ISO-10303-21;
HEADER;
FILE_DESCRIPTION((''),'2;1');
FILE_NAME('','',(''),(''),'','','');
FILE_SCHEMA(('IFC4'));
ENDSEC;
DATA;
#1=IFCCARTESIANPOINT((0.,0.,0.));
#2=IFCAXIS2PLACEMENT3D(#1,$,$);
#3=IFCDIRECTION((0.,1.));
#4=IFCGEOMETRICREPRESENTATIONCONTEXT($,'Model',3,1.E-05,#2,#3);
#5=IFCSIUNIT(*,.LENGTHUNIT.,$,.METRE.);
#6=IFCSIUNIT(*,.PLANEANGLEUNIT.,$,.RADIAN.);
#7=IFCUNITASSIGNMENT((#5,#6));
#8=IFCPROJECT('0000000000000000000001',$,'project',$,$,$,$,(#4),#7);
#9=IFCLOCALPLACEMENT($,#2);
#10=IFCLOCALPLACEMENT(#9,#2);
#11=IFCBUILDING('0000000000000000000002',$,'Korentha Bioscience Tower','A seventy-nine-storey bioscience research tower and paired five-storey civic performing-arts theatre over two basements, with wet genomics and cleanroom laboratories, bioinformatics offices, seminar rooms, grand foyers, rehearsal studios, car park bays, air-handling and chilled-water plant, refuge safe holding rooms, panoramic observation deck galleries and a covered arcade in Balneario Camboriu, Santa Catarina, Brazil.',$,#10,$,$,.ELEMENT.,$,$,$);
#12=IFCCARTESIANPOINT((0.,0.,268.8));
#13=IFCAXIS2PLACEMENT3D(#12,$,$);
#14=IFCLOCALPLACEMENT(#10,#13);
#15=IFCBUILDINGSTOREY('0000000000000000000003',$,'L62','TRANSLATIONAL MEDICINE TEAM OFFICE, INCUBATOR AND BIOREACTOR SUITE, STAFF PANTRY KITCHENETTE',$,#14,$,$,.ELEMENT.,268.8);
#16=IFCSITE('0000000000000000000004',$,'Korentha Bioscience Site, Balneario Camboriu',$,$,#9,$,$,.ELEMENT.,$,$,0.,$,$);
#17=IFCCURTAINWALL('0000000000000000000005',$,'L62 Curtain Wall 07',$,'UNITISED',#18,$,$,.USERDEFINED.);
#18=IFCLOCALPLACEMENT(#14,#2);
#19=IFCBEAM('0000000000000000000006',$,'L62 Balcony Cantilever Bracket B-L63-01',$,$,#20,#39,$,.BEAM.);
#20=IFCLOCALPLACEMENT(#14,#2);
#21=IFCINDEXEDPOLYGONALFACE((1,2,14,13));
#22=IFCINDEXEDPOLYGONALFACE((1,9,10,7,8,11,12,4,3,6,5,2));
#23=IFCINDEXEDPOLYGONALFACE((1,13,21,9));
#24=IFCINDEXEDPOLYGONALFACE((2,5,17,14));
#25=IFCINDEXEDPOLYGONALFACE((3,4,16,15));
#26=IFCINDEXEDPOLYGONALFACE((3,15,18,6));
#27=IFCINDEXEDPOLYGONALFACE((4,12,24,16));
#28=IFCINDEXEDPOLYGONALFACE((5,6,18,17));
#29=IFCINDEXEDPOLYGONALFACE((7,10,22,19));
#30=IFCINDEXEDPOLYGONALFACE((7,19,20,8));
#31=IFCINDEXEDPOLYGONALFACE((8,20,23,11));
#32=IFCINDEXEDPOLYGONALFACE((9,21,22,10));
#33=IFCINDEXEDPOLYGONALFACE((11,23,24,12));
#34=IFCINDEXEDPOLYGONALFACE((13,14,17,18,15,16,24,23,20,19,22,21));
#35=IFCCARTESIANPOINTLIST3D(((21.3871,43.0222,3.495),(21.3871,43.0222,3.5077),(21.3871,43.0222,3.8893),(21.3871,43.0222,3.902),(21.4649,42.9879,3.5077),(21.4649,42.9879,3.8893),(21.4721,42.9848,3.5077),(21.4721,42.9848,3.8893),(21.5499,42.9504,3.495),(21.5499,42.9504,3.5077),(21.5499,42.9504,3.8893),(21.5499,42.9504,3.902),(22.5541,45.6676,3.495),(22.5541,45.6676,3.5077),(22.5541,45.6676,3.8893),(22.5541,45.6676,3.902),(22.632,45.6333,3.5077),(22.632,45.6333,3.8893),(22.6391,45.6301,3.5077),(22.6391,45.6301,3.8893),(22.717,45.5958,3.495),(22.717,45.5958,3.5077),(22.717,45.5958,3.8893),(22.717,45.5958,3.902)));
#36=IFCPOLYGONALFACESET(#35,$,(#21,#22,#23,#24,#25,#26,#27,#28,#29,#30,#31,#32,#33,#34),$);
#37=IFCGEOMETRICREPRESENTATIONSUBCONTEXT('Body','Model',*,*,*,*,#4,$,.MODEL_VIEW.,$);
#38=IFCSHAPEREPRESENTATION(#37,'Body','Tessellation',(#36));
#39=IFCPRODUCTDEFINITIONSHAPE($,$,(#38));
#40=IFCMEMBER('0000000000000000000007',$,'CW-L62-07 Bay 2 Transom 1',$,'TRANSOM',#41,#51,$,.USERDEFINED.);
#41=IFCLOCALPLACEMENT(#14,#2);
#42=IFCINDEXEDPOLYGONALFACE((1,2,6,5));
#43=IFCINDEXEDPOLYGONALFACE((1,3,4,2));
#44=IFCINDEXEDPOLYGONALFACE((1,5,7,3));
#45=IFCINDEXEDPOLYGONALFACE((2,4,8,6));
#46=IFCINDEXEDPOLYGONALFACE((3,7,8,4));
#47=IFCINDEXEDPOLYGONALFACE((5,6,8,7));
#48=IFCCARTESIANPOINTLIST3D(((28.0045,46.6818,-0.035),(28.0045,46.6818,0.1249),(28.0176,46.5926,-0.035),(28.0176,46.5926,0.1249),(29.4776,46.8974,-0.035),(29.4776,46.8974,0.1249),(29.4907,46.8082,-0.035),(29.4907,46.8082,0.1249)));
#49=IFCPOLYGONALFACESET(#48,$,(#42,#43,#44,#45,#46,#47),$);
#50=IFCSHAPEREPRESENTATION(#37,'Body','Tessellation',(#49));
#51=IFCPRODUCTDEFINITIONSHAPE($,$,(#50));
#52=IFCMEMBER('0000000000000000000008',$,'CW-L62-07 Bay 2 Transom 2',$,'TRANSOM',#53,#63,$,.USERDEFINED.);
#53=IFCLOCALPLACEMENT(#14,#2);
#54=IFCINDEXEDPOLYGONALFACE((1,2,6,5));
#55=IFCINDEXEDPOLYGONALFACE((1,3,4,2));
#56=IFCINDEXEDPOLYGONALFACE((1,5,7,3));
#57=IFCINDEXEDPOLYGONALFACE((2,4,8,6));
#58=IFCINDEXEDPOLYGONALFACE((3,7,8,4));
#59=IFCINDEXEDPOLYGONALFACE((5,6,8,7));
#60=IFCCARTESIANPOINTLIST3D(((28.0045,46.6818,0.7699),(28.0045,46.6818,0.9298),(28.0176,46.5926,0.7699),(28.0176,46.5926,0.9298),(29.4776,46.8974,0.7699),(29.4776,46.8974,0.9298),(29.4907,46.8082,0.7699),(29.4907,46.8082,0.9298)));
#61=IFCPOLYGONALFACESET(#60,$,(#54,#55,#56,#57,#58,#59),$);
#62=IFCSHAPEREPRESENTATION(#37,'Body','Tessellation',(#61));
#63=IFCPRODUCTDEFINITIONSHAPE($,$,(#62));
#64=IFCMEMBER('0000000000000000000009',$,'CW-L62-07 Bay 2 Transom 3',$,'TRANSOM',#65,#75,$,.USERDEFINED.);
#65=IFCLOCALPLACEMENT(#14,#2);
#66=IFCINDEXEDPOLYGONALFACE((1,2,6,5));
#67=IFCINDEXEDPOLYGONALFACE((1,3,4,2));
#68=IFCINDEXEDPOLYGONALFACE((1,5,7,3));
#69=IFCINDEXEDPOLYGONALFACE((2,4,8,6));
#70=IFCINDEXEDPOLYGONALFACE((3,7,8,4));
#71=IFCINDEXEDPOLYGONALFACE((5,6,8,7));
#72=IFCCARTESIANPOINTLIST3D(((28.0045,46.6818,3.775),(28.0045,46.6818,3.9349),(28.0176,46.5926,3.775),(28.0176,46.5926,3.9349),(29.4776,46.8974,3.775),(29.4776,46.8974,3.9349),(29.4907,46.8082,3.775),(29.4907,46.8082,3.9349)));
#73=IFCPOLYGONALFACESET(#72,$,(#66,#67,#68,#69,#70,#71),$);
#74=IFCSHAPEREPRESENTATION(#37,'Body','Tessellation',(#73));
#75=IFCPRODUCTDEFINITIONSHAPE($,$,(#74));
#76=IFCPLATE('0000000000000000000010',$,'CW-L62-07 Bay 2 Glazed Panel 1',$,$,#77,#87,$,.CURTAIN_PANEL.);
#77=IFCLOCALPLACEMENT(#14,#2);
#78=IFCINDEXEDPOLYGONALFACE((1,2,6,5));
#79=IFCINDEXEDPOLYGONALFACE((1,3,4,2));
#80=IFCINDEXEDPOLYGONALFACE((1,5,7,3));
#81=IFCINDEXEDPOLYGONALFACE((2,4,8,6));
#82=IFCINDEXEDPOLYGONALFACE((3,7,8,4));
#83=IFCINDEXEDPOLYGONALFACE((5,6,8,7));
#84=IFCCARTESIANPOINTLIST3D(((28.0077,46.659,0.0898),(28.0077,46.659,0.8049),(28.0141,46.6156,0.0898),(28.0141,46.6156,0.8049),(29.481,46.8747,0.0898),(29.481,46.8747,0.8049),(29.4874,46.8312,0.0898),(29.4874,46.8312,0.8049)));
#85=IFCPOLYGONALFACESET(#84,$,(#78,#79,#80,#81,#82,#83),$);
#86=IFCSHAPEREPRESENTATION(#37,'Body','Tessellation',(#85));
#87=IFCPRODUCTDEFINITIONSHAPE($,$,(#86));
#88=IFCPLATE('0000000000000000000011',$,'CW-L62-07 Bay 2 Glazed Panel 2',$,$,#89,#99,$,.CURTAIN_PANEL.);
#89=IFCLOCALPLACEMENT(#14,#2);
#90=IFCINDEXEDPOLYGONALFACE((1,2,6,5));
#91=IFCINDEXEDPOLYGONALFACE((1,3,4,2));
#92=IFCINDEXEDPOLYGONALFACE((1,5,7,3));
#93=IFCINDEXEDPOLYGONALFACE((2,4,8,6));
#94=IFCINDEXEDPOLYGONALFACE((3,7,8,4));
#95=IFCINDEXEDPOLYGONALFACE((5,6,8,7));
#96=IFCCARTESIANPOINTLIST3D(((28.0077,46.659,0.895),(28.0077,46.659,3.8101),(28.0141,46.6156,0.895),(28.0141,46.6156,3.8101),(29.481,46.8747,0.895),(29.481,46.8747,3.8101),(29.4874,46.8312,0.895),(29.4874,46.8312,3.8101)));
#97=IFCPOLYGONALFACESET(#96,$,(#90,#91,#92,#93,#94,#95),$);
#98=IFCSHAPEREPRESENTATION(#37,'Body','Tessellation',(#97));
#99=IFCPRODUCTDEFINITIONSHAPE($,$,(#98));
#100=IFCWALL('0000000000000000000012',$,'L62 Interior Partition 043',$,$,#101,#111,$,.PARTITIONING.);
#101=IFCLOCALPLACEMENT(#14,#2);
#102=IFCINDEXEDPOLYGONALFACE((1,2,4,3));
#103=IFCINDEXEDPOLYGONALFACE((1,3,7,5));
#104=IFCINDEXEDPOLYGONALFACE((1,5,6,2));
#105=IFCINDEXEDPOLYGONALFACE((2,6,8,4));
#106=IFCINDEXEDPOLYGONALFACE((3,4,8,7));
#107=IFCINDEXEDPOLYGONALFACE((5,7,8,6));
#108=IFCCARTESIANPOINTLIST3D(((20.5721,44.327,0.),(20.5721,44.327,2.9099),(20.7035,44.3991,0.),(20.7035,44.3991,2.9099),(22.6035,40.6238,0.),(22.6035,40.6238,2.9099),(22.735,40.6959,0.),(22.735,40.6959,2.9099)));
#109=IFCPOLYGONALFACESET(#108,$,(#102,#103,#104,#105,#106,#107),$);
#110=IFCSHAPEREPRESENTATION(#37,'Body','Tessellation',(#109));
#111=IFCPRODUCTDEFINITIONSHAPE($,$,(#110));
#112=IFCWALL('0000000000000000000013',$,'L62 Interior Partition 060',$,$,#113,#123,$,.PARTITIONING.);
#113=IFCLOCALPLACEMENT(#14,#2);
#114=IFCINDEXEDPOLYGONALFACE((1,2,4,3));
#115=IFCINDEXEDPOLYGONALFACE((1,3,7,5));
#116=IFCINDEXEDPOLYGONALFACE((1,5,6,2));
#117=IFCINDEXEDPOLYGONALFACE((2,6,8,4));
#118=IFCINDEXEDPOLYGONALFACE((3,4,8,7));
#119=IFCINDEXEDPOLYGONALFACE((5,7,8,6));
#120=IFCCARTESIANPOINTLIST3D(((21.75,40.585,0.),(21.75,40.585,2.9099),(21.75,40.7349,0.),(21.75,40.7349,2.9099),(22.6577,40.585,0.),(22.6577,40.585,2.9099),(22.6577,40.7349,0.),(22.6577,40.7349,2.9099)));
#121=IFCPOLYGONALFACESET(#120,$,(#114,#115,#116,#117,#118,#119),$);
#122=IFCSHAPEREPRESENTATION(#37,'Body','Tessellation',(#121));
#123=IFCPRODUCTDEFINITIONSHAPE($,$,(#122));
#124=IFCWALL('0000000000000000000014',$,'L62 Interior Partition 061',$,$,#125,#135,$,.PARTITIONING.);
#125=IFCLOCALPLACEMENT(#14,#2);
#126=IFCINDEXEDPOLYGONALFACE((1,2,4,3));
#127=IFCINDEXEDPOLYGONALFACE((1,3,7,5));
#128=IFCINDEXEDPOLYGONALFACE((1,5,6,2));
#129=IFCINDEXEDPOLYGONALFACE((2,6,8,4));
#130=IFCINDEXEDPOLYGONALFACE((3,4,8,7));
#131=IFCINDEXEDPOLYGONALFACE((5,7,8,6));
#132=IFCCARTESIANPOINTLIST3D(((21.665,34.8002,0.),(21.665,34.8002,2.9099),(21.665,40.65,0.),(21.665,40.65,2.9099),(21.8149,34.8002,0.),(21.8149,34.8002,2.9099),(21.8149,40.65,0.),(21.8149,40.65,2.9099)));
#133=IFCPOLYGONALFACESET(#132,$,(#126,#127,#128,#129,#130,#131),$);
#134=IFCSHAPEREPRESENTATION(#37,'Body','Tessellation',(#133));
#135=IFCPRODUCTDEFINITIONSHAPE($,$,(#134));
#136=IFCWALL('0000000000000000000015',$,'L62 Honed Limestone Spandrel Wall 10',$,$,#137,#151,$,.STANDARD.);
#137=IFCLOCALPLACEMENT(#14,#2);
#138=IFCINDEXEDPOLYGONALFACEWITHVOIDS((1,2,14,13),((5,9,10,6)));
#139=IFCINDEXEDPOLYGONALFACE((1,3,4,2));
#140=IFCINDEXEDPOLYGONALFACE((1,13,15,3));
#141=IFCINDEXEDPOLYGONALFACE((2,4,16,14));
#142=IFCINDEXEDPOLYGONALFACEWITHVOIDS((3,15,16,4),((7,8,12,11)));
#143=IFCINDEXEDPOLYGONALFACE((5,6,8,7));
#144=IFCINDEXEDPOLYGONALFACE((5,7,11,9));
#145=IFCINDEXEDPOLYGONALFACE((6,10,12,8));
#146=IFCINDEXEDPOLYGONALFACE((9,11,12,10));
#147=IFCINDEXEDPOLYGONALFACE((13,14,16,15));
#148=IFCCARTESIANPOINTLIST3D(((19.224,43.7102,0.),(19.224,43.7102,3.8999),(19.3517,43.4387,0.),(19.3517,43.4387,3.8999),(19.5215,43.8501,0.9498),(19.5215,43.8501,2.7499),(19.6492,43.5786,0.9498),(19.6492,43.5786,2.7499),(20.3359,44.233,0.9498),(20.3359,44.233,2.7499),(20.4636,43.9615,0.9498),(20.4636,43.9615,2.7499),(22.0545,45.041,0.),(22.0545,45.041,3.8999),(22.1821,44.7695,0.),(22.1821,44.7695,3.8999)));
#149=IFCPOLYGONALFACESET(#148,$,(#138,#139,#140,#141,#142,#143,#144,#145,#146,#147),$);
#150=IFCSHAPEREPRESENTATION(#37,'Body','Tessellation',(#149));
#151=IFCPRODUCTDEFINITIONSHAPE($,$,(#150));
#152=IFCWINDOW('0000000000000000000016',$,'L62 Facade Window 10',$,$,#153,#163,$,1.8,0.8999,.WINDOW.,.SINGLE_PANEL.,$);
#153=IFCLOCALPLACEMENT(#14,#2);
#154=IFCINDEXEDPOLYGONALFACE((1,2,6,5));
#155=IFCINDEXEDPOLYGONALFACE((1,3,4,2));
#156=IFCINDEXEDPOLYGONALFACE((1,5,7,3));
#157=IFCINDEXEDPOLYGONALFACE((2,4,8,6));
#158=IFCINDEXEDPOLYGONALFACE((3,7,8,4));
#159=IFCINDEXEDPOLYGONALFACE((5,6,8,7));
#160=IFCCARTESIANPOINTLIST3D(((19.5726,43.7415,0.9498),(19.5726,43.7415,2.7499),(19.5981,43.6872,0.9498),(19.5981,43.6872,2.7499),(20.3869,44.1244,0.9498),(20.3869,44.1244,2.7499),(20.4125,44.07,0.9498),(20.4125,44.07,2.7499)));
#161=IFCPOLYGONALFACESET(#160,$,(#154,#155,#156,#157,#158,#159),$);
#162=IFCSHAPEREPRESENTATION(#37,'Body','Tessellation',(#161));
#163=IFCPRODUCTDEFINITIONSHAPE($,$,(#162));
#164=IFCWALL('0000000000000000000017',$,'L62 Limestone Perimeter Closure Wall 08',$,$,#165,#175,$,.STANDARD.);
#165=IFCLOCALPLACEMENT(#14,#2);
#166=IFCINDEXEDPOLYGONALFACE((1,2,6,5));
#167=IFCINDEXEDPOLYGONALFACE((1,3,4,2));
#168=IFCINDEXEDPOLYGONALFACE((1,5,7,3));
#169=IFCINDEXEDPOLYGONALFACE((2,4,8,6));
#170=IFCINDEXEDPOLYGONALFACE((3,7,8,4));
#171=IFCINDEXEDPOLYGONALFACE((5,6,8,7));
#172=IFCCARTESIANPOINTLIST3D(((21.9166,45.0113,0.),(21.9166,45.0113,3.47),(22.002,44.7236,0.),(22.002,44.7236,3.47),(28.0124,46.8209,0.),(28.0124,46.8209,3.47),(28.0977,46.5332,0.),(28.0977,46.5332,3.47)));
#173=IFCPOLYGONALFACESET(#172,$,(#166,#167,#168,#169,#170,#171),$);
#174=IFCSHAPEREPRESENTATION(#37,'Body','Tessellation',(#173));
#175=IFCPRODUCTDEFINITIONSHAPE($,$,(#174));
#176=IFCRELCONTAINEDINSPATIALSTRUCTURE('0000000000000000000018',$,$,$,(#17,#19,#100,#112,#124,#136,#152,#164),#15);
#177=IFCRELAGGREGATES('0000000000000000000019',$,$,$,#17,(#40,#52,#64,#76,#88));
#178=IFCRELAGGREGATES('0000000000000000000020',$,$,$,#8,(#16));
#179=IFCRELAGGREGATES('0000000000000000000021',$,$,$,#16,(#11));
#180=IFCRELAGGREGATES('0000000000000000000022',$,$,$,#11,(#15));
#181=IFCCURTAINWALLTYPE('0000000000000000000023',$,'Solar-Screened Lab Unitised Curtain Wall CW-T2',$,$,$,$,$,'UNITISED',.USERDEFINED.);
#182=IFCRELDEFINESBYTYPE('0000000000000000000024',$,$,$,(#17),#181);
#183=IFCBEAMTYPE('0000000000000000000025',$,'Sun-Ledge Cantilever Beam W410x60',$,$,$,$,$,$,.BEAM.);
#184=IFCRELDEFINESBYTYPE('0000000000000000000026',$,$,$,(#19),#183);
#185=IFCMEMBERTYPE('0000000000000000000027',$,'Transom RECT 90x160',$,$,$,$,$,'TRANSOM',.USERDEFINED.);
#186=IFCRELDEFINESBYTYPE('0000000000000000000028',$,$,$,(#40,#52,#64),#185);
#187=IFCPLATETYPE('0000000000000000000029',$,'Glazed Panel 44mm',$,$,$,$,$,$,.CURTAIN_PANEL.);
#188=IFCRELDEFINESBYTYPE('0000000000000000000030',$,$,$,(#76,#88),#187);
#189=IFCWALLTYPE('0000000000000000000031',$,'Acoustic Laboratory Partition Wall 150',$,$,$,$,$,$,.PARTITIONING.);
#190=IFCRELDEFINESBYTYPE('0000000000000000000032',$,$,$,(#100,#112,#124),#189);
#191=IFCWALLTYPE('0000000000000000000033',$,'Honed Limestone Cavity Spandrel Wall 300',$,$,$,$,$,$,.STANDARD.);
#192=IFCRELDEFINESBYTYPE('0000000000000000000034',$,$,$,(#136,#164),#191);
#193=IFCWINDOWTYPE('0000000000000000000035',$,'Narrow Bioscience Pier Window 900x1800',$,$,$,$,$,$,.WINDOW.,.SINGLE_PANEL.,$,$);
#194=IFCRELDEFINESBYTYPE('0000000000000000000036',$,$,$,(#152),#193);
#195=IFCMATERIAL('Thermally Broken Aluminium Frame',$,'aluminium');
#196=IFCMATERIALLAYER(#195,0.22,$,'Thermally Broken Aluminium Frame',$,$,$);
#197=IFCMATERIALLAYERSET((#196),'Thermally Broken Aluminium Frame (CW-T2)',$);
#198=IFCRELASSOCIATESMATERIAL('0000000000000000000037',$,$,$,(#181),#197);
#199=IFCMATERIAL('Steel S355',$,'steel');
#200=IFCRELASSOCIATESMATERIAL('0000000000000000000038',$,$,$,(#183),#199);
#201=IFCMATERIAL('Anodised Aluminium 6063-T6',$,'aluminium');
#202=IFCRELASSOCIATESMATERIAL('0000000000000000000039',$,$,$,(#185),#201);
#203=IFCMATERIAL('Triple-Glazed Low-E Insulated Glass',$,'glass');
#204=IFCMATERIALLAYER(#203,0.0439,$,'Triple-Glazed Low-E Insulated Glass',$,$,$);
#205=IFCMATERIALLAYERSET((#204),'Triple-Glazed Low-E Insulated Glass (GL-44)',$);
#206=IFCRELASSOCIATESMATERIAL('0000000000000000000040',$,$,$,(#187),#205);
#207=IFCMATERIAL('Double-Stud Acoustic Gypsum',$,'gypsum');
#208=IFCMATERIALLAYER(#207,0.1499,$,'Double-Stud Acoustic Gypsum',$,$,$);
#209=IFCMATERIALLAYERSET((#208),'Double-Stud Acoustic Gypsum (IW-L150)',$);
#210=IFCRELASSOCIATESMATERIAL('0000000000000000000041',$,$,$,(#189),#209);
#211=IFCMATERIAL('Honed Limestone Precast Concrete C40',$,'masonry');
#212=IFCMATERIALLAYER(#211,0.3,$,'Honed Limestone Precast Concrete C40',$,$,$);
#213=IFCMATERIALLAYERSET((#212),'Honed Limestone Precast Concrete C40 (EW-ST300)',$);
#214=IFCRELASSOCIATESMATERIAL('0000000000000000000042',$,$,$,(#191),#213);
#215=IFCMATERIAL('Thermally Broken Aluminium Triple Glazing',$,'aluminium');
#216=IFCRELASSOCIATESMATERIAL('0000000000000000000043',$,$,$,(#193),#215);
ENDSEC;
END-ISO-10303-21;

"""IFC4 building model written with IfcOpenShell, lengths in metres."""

from ifc_helpers import new_model, si_unit, direction, frame, frame_2d, origin, origin_2d, place, context, subcontext, project, spatial, rectangle, i_section, extrude, material, layer, layer_set, material_profile, profile_set, type_object, element, fill, aggregate, save


model = new_model("IFC4")

# Units and contexts
model_context = context("Model", 3, precision=1e-05, world=origin(), true_north=direction((0.0, 1.0)))
body_context = subcontext(model_context, "Body", "Model", "MODEL_VIEW")
ifc_project = project(units=[si_unit("LENGTHUNIT", "METRE"), si_unit("PLANEANGLEUNIT", "RADIAN")], contexts=[model_context])

# Site, building, storey
site_placement = place(None, origin())
site = spatial("IfcSite", under=ifc_project, at=site_placement, Name="Korentha Bioscience Site, Balneario Camboriu", CompositionType="ELEMENT", RefElevation=0.0)
building_placement = place(site_placement, origin())
building = spatial("IfcBuilding", under=site, at=building_placement, Name="Korentha Bioscience Tower", Description="A seventy-nine-storey bioscience research tower and paired five-storey civic performing-arts theatre over two basements, with wet genomics and cleanroom laboratories, bioinformatics offices, seminar rooms, grand foyers, rehearsal studios, car park bays, air-handling and chilled-water plant, refuge safe holding rooms, panoramic observation deck galleries and a covered arcade in Balneario Camboriu, Santa Catarina, Brazil.", CompositionType="ELEMENT")
storey_placement = place(building_placement, frame((0.0, 0.0, 268.8)))
storey = spatial("IfcBuildingStorey", under=building, at=storey_placement, Name="L62", Description="TRANSLATIONAL MEDICINE TEAM OFFICE, INCUBATOR AND BIOREACTOR SUITE, STAFF PANTRY KITCHENETTE", CompositionType="ELEMENT", Elevation=268.8)

# Shared definitions
ifc_material_1 = material(Name="Steel S355", Category="steel")

# Curtain wall
ifc_material_2 = material(Name="Thermally Broken Aluminium Frame", Category="aluminium")
ifc_layer_1 = layer(ifc_material_2, 0.22, Name="Thermally Broken Aluminium Frame")
ifc_layer_set_1 = layer_set([ifc_layer_1], Name="Thermally Broken Aluminium Frame (CW-T2)")
curtain_wall_type = type_object("IfcCurtainWallType", Name="Solar-Screened Lab Unitised Curtain Wall CW-T2", ElementType="UNITISED", PredefinedType="USERDEFINED", material=ifc_layer_set_1)
curtain_wall_placement = place(storey_placement, origin())
curtain_wall = element("IfcCurtainWall", 1, at=curtain_wall_placement, inside=storey, type_object=curtain_wall_type, Name="L62 Curtain Wall 07", ObjectType="UNITISED", PredefinedType="USERDEFINED")
ifc_material_3 = material(Name="Anodised Aluminium 6063-T6", Category="aluminium")

# Beam
ifc_material_profile_1 = material_profile(ifc_material_1, i_section(OverallWidth=0.178, OverallDepth=0.407, WebThickness=0.0078, FlangeThickness=0.0127, at=origin_2d()), Name="Steel S355")
ifc_profile_set_1 = profile_set([ifc_material_profile_1], Name="Steel S355 (CB-410)")
beam_type_1 = type_object("IfcBeamType", Name="Sun-Ledge Cantilever Beam W410x60", PredefinedType="BEAM", material=ifc_profile_set_1)
beam_1_placement = place(storey_placement, frame((21.4685, 42.9863, 3.6985), z_axis=(0.40363, 0.914922, 0.0), x_axis=(-0.914922, 0.40363, 0.0)))
element("IfcBeam", 2, at=beam_1_placement, inside=storey, type_object=beam_type_1, Name="L62 Balcony Cantilever Bracket B-L63-01", PredefinedType="BEAM", context=body_context, shape_type="SweptSolid", body=[
    extrude(i_section(OverallWidth=0.178, OverallDepth=0.407, WebThickness=0.0078, FlangeThickness=0.0127, at=origin_2d()), origin(), (0.0, 0.0, 1.0), 2.8914),
])

# Members
ifc_material_profile_2 = material_profile(ifc_material_3, rectangle(XDim=0.0901, YDim=0.1599, at=origin_2d()), Name="Anodised Aluminium 6063-T6")
ifc_profile_set_2 = profile_set([ifc_material_profile_2], Name="Anodised Aluminium 6063-T6 (CW-TRN)")
member_type_1 = type_object("IfcMemberType", Name="Transom RECT 90x160", ElementType="TRANSOM", PredefinedType="USERDEFINED", material=ifc_profile_set_2)
member_1_placement = place(storey_placement, frame((29.4841, 46.8528, 0.0449), z_axis=(-0.989462, -0.144795, 0.0), x_axis=(0.144795, -0.989462, 0.0)))
member_1 = element("IfcMember", 3, at=member_1_placement, type_object=member_type_1, Name="CW-L62-07 Bay 2 Transom 1", ObjectType="TRANSOM", PredefinedType="USERDEFINED", context=body_context, shape_type="SweptSolid", body=[
    extrude(rectangle(XDim=0.0901, YDim=0.1599, at=origin_2d()), origin(), (0.0, 0.0, 1.0), 1.4888),
])
member_2_placement = place(storey_placement, frame((29.4841, 46.8528, 0.8499), z_axis=(-0.989462, -0.144795, 0.0), x_axis=(0.144795, -0.989462, 0.0)))
member_2 = element("IfcMember", 4, at=member_2_placement, type_object=member_type_1, Name="CW-L62-07 Bay 2 Transom 2", ObjectType="TRANSOM", PredefinedType="USERDEFINED", context=body_context, shape_type="SweptSolid", body=[
    extrude(rectangle(XDim=0.0901, YDim=0.1599, at=origin_2d()), origin(), (0.0, 0.0, 1.0), 1.4888),
])
member_3_placement = place(storey_placement, frame((29.4841, 46.8528, 3.855), z_axis=(-0.989462, -0.144795, 0.0), x_axis=(0.144795, -0.989462, 0.0)))
member_3 = element("IfcMember", 5, at=member_3_placement, type_object=member_type_1, Name="CW-L62-07 Bay 2 Transom 3", ObjectType="TRANSOM", PredefinedType="USERDEFINED", context=body_context, shape_type="SweptSolid", body=[
    extrude(rectangle(XDim=0.0901, YDim=0.1599, at=origin_2d()), origin(), (0.0, 0.0, 1.0), 1.4888),
])

# Plates
ifc_material_4 = material(Name="Triple-Glazed Low-E Insulated Glass", Category="glass")
ifc_layer_2 = layer(ifc_material_4, 0.0439, Name="Triple-Glazed Low-E Insulated Glass")
ifc_layer_set_2 = layer_set([ifc_layer_2], Name="Triple-Glazed Low-E Insulated Glass (GL-44)")
plate_type = type_object("IfcPlateType", Name="Glazed Panel 44mm", PredefinedType="CURTAIN_PANEL", material=ifc_layer_set_2)
plate_1_placement = place(storey_placement, frame((28.7476, 46.7451, 0.0898), z_axis=(0.0, 0.0, 1.0), x_axis=(-0.98946, -0.144809, 0.0)))
plate_1 = element("IfcPlate", 6, at=plate_1_placement, type_object=plate_type, Name="CW-L62-07 Bay 2 Glazed Panel 1", PredefinedType="CURTAIN_PANEL", context=body_context, shape_type="SweptSolid", body=[
    extrude(rectangle(XDim=1.489, YDim=0.0439, at=origin_2d()), origin(), (0.0, 0.0, 1.0), 0.7151),
])
plate_2_placement = place(storey_placement, frame((28.7476, 46.7451, 0.895), z_axis=(0.0, 0.0, 1.0), x_axis=(-0.98946, -0.144809, 0.0)))
plate_2 = element("IfcPlate", 7, at=plate_2_placement, type_object=plate_type, Name="CW-L62-07 Bay 2 Glazed Panel 2", PredefinedType="CURTAIN_PANEL", context=body_context, shape_type="SweptSolid", body=[
    extrude(rectangle(XDim=1.489, YDim=0.0439, at=origin_2d()), origin(), (0.0, 0.0, 1.0), 2.915),
])
aggregate(curtain_wall, [member_1, member_2, member_3, plate_1, plate_2])

# Walls
ifc_material_5 = material(Name="Double-Stud Acoustic Gypsum", Category="gypsum")
ifc_layer_3 = layer(ifc_material_5, 0.1499, Name="Double-Stud Acoustic Gypsum")
ifc_layer_set_3 = layer_set([ifc_layer_3], Name="Double-Stud Acoustic Gypsum (IW-L150)")
wall_type_1 = type_object("IfcWallType", Name="Acoustic Laboratory Partition Wall 150", PredefinedType="PARTITIONING", material=ifc_layer_set_3)
wall_1_placement = place(storey_placement, frame((22.6692, 40.6599, 0.0), z_axis=(0.0, 0.0, 1.0), x_axis=(-0.480944, 0.876751, 0.0)))
element("IfcWall", 8, at=wall_1_placement, inside=storey, type_object=wall_type_1, Name="L62 Interior Partition 043", PredefinedType="PARTITIONING", context=body_context, shape_type="SweptSolid", body=[
    extrude(rectangle(XDim=4.2239, YDim=0.1499, at=frame_2d((2.1118, 0.0))), origin(), (0.0, 0.0, 1.0), 2.9099),
])
wall_2_placement = place(storey_placement, frame((22.6577, 40.6599, 0.0), z_axis=(0.0, 0.0, 1.0), x_axis=(-1.0, 0.0, 0.0)))
element("IfcWall", 9, at=wall_2_placement, inside=storey, type_object=wall_type_1, Name="L62 Interior Partition 060", PredefinedType="PARTITIONING", context=body_context, shape_type="SweptSolid", body=[
    extrude(rectangle(XDim=0.9077, YDim=0.1499, at=frame_2d((0.4539, 0.0))), origin(), (0.0, 0.0, 1.0), 2.9099),
])
wall_3_placement = place(storey_placement, frame((21.74, 40.6499, 0.0), z_axis=(0.0, 0.0, 1.0), x_axis=(0.0, -1.0, 0.0)))
element("IfcWall", 10, at=wall_3_placement, inside=storey, type_object=wall_type_1, Name="L62 Interior Partition 061", PredefinedType="PARTITIONING", context=body_context, shape_type="SweptSolid", body=[
    extrude(rectangle(XDim=5.8499, YDim=0.1499, at=frame_2d((2.9248, 0.0))), origin(), (0.0, 0.0, 1.0), 2.9099),
])

# Wall, opening, window
ifc_material_6 = material(Name="Honed Limestone Precast Concrete C40", Category="masonry")
ifc_layer_4 = layer(ifc_material_6, 0.3, Name="Honed Limestone Precast Concrete C40")
ifc_layer_set_4 = layer_set([ifc_layer_4], Name="Honed Limestone Precast Concrete C40 (EW-ST300)")
wall_type_2 = type_object("IfcWallType", Name="Honed Limestone Cavity Spandrel Wall 300", PredefinedType="STANDARD", material=ifc_layer_set_4)
wall_4_placement = place(storey_placement, frame((22.1184, 44.9053, 0.0), z_axis=(0.0, 0.0, 1.0), x_axis=(-0.904969, -0.425477, 0.0)))
wall_4 = element("IfcWall", 11, at=wall_4_placement, inside=storey, type_object=wall_type_2, Name="L62 Honed Limestone Spandrel Wall 10", PredefinedType="STANDARD", context=body_context, shape_type="SweptSolid", body=[
    extrude(rectangle(XDim=3.1277, YDim=0.3, at=frame_2d((1.564, 0.0))), origin(), (0.0, 0.0, 1.0), 3.8999),
])
opening_placement = place(wall_4_placement, frame((1.8992, 0.0, 0.95)))
opening = element("IfcOpeningElement", 12, at=opening_placement, cuts=wall_4, PredefinedType="OPENING", context=body_context, shape_type="SweptSolid", body=[
    extrude(rectangle(XDim=0.8999, YDim=1.8, at=frame_2d((0.45, 0.8999))), frame((0.0, 0.165, 0.0), z_axis=(0.0, -1.0, 0.0), x_axis=(1.0, 0.0, 0.0)), (0.0, 0.0, 1.0), 0.3298),
])
ifc_material_7 = material(Name="Thermally Broken Aluminium Triple Glazing", Category="aluminium")
window_type = type_object("IfcWindowType", Name="Narrow Bioscience Pier Window 900x1800", PartitioningType="SINGLE_PANEL", PredefinedType="WINDOW", material=ifc_material_7)
window_placement = place(opening_placement, origin())
window = element("IfcWindow", 13, at=window_placement, inside=storey, type_object=window_type, Name="L62 Facade Window 10", OverallHeight=1.8, OverallWidth=0.8999, PartitioningType="SINGLE_PANEL", PredefinedType="WINDOW", context=body_context, shape_type="SweptSolid", body=[
    extrude(rectangle(XDim=0.8999, YDim=1.8, at=frame_2d((0.45, 0.8999))), frame((0.0, 0.03, 0.0), z_axis=(0.0, -1.0, 0.0), x_axis=(1.0, 0.0, 0.0)), (0.0, 0.0, 1.0), 0.0601),
])
fill(opening, window)

# Wall
wall_5_placement = place(storey_placement, frame((28.0549, 46.677, 0.0), z_axis=(0.0, 0.0, 1.0), x_axis=(-0.958651, -0.284585, 0.0)))
element("IfcWall", 14, at=wall_5_placement, inside=storey, type_object=wall_type_2, Name="L62 Limestone Perimeter Closure Wall 08", PredefinedType="STANDARD", context=body_context, shape_type="SweptSolid", body=[
    extrude(rectangle(XDim=6.3586, YDim=0.3, at=frame_2d((3.1792, 0.0))), origin(), (0.0, 0.0, 1.0), 3.47),
])

save(model, "model.ifc")
